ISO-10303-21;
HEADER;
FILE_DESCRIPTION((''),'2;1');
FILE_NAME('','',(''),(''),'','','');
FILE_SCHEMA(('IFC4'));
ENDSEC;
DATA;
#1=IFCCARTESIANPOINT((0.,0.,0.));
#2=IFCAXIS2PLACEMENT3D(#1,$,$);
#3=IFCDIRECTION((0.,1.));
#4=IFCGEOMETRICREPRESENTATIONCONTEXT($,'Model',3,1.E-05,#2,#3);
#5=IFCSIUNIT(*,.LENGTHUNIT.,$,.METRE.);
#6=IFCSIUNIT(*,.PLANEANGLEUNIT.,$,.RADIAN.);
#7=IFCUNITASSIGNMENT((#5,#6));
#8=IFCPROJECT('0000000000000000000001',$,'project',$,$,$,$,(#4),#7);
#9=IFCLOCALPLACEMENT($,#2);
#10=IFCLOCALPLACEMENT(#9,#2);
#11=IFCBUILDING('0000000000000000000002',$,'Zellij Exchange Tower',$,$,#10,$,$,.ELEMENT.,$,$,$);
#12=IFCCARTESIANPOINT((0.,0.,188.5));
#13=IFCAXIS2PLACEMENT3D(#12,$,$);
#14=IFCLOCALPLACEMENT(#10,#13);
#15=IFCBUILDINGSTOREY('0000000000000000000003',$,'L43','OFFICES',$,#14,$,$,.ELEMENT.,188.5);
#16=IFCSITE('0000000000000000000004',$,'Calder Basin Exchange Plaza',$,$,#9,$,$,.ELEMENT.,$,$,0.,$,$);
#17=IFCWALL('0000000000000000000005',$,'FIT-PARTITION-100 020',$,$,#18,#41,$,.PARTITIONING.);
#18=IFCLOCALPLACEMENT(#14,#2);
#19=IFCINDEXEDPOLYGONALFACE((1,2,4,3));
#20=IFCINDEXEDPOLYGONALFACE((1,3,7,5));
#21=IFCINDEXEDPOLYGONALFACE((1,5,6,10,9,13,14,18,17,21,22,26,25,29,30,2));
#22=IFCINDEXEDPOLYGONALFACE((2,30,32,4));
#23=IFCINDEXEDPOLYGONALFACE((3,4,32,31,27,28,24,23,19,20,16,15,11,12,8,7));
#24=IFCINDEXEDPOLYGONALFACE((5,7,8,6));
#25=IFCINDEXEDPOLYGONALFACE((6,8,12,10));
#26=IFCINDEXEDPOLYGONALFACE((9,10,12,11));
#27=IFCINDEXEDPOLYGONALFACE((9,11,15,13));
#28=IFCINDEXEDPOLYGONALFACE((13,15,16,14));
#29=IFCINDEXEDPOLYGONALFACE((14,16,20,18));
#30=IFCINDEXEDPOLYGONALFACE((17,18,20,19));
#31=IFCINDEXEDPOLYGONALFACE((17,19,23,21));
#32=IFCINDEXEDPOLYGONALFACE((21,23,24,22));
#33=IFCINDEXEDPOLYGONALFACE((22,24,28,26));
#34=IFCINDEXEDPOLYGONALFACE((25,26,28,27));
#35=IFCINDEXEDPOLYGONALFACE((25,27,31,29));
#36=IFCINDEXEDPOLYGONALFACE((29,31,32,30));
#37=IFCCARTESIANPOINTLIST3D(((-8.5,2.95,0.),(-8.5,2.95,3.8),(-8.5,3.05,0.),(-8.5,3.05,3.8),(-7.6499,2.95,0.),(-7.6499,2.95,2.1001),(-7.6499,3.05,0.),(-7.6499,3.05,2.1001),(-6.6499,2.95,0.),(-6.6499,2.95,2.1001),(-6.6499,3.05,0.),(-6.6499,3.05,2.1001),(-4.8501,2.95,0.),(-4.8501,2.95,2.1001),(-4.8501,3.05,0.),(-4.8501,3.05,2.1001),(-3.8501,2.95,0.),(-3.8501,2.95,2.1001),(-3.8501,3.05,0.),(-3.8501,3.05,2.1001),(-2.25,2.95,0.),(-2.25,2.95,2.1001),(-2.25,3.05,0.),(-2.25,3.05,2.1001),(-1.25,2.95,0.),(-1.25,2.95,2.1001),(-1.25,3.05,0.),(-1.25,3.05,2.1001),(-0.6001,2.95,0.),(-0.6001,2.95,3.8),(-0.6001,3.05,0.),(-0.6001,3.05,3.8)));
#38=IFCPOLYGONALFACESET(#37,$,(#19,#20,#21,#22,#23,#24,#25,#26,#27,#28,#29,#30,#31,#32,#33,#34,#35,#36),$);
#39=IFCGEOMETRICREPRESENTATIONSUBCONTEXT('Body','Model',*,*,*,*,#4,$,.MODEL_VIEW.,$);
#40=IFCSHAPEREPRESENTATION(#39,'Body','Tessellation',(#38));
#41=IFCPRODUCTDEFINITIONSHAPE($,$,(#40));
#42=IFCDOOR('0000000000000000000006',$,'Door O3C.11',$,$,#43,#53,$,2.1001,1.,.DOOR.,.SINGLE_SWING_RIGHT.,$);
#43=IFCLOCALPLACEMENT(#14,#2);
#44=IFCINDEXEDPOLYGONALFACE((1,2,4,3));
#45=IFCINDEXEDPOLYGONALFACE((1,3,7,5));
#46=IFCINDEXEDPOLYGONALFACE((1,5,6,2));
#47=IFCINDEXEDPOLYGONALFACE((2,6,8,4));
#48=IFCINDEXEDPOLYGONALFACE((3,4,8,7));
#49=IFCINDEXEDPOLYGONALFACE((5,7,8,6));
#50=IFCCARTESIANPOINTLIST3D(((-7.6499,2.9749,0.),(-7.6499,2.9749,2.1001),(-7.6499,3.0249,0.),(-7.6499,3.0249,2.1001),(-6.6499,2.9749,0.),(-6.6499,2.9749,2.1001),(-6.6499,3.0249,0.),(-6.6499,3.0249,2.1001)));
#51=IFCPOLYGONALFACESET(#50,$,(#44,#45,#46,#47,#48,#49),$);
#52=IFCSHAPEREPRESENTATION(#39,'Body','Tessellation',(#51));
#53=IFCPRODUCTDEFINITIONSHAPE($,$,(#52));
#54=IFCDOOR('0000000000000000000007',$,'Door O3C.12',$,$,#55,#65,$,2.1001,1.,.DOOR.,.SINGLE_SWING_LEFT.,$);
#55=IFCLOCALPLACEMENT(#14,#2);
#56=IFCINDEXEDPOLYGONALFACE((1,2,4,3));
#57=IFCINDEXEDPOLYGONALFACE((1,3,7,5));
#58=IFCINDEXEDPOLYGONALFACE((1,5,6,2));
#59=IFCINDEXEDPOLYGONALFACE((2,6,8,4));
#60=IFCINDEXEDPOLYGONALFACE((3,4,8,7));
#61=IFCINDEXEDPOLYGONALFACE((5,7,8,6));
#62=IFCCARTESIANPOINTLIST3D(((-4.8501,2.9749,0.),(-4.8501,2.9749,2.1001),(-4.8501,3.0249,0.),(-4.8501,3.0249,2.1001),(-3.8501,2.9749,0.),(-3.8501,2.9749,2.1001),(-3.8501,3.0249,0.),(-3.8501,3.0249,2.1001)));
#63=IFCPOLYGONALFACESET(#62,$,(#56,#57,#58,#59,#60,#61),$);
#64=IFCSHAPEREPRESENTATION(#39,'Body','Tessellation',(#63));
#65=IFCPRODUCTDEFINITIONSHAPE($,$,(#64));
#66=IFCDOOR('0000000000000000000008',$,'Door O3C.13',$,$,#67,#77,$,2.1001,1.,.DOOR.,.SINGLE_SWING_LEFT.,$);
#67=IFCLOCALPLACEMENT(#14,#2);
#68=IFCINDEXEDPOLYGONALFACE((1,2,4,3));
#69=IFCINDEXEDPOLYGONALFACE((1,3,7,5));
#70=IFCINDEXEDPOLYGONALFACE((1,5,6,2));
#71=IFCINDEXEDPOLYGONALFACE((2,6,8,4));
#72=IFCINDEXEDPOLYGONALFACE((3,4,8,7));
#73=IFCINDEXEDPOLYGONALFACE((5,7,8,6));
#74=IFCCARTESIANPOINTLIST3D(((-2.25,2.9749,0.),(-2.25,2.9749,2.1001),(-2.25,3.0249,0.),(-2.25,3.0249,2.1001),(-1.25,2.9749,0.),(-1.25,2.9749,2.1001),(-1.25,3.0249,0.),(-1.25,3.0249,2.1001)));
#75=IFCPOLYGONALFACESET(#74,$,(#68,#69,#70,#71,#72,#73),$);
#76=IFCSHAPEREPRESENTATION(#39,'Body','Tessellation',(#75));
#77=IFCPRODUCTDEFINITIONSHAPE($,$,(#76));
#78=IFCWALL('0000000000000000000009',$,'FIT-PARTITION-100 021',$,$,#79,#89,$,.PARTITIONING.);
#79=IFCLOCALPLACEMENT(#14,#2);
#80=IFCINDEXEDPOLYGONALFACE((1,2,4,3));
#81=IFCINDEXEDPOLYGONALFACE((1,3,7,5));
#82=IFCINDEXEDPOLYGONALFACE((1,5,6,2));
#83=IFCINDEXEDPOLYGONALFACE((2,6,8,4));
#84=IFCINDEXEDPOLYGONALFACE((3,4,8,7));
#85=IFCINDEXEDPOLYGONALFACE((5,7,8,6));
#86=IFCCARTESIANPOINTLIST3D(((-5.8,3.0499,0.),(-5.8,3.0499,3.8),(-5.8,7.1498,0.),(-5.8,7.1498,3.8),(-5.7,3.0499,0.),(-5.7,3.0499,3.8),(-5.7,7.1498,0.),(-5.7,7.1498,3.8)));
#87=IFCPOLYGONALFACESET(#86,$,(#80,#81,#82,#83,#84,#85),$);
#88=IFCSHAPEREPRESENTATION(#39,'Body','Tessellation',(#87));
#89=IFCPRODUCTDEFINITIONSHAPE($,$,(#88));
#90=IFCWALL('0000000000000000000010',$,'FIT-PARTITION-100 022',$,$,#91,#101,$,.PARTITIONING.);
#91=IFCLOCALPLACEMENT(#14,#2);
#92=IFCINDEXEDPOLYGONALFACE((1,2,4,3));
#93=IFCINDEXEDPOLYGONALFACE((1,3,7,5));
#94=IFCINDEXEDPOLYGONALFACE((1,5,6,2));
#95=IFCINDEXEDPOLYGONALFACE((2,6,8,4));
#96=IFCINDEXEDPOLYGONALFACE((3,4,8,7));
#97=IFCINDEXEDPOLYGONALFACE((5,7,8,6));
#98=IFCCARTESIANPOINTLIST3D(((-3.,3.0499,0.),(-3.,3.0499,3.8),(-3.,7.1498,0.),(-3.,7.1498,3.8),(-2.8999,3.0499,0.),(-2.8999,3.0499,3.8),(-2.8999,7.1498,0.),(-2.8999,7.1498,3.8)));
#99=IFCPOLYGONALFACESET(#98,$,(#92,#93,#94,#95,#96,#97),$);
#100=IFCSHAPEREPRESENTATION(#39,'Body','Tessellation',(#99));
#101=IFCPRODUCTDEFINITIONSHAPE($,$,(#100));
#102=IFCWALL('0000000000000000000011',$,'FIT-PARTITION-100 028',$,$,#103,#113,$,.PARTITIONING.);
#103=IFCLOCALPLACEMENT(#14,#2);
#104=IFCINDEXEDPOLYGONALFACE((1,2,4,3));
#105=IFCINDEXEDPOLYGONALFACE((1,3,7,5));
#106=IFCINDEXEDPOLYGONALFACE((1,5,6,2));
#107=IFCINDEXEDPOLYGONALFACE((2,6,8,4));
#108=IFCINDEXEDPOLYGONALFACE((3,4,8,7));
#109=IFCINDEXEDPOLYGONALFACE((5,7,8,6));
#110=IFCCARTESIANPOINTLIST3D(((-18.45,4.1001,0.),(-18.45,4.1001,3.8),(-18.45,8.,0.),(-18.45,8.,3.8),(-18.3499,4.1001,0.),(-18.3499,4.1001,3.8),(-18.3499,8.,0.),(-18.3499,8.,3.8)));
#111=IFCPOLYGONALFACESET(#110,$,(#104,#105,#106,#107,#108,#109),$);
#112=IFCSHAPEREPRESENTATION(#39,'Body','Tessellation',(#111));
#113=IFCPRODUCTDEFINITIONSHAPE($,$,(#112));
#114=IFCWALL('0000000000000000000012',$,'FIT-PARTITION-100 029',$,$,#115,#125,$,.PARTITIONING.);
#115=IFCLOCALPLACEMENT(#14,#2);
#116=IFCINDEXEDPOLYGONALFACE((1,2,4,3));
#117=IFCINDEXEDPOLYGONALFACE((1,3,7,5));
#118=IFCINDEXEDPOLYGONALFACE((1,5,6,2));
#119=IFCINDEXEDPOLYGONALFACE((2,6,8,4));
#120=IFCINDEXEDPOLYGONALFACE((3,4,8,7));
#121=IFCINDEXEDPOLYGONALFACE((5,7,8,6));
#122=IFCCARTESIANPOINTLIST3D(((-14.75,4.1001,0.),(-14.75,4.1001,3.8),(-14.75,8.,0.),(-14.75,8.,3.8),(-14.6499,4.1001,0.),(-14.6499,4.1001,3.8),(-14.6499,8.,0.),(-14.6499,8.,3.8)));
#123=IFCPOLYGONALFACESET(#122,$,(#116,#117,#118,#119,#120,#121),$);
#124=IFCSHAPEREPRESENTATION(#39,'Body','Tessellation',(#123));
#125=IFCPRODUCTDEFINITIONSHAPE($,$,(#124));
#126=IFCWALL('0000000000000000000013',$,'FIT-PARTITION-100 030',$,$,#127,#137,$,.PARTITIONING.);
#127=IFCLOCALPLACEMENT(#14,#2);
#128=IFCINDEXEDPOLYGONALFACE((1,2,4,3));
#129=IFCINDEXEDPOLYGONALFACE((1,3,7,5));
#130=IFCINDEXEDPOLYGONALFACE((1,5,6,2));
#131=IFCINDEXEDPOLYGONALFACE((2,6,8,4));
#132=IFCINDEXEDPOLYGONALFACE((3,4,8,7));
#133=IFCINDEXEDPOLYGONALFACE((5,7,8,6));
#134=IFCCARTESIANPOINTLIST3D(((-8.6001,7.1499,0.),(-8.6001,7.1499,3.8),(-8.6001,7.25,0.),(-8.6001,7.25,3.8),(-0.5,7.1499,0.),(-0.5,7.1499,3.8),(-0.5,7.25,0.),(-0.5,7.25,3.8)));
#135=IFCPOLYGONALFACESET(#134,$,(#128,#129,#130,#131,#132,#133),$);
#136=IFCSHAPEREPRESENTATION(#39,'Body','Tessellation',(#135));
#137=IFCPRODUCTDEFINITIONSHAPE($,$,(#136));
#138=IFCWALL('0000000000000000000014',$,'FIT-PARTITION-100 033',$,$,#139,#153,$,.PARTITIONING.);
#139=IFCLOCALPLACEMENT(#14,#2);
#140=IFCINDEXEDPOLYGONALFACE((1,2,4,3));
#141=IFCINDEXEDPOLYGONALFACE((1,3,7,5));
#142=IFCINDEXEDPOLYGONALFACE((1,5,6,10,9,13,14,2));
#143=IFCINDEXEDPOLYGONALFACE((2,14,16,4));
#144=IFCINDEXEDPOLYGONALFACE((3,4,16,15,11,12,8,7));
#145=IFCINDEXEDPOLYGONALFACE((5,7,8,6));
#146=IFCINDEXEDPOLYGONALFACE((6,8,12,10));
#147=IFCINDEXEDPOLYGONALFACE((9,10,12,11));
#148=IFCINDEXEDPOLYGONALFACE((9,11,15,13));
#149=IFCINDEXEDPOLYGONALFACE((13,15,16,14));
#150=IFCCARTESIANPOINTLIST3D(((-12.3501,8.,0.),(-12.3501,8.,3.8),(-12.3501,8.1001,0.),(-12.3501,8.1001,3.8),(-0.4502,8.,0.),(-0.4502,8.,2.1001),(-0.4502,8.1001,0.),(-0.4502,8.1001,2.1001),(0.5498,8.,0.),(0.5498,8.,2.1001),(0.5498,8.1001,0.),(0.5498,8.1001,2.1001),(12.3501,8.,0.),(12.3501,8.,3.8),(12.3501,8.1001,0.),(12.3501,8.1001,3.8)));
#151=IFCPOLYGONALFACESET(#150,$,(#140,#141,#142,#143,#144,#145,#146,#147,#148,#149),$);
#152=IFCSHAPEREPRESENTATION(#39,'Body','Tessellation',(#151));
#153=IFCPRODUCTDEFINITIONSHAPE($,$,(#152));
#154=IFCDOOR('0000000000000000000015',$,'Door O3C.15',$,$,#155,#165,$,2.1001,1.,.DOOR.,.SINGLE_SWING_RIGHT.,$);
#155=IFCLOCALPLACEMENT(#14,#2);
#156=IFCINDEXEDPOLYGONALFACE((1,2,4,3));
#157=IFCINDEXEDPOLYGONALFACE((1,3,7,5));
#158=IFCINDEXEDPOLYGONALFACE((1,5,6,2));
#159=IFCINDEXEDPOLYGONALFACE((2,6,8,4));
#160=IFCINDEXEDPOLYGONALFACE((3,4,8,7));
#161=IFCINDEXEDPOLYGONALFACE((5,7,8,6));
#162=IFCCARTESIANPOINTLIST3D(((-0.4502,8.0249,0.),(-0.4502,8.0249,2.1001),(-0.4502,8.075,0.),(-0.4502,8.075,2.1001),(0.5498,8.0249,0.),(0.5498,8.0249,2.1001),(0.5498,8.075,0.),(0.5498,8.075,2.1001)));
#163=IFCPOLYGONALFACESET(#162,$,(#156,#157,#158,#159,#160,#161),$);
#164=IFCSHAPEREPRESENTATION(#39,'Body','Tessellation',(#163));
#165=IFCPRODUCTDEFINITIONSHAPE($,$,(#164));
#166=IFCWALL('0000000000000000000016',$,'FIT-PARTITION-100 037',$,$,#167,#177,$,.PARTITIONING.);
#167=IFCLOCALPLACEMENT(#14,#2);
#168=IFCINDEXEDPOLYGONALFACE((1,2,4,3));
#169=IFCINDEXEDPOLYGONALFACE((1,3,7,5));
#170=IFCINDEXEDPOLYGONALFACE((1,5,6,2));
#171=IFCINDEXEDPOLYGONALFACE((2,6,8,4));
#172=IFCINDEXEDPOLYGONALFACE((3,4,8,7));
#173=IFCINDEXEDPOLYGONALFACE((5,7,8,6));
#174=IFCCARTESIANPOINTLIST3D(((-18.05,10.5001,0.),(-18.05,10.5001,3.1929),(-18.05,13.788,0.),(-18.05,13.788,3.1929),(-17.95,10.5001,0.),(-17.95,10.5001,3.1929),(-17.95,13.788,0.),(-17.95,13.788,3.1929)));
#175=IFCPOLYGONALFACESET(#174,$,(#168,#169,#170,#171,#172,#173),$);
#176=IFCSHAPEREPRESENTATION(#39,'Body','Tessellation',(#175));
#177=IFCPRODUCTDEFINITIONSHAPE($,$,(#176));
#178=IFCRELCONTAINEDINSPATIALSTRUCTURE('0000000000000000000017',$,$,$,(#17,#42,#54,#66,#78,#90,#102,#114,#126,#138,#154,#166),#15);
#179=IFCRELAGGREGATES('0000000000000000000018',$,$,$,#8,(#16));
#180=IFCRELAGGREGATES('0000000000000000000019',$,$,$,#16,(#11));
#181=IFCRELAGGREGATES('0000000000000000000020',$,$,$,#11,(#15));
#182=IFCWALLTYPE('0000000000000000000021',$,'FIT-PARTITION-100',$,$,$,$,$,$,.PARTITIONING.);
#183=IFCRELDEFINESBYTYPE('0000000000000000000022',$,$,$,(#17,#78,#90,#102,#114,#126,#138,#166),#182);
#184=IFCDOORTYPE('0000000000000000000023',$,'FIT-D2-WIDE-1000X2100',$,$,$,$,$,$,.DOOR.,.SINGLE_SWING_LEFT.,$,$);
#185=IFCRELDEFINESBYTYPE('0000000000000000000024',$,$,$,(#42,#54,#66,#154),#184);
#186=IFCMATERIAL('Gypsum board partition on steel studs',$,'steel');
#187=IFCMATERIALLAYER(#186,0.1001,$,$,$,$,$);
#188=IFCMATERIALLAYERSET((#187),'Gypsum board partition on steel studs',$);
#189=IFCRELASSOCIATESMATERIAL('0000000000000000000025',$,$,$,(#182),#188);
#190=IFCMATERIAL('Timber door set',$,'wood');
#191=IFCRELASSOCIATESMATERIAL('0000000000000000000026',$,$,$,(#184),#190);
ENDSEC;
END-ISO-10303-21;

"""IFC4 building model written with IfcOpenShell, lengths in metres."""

from ifc_helpers import new_model, si_unit, direction, frame, frame_2d, origin, place, context, subcontext, project, spatial, rectangle, extrude, material, layer, layer_set, type_object, element, fill, save


model = new_model("IFC4")

# Units and contexts
model_context = context("Model", 3, precision=1e-05, world=origin(), true_north=direction((0.0, 1.0)))
body_context = subcontext(model_context, "Body", "Model", "MODEL_VIEW")
ifc_project = project(units=[si_unit("LENGTHUNIT", "METRE"), si_unit("PLANEANGLEUNIT", "RADIAN")], contexts=[model_context])

# Site, building, storey
site_placement = place(None, origin())
site = spatial("IfcSite", under=ifc_project, at=site_placement, Name="Calder Basin Exchange Plaza", CompositionType="ELEMENT", RefElevation=0.0)
building_placement = place(site_placement, origin())
building = spatial("IfcBuilding", under=site, at=building_placement, Name="Zellij Exchange Tower", CompositionType="ELEMENT")
storey_placement = place(building_placement, frame((0.0, 0.0, 188.5)))
storey = spatial("IfcBuildingStorey", under=building, at=storey_placement, Name="L43", Description="OFFICES", CompositionType="ELEMENT", Elevation=188.5)

# Wall, openings, doors
ifc_material_1 = material(Name="Gypsum board partition on steel studs", Category="steel")
ifc_layer_1 = layer(ifc_material_1, 0.1001)
ifc_layer_set_1 = layer_set([ifc_layer_1], Name="Gypsum board partition on steel studs")
wall_type_1 = type_object("IfcWallType", Name="FIT-PARTITION-100", PredefinedType="PARTITIONING", material=ifc_layer_set_1)
wall_1_placement = place(storey_placement, frame((-8.5, 3.0, 0.0), z_axis=(0.0, 0.0, 1.0), x_axis=(1.0, 0.0, 0.0)))
wall_1 = element("IfcWall", 1, at=wall_1_placement, inside=storey, type_object=wall_type_1, Name="FIT-PARTITION-100 020", PredefinedType="PARTITIONING", context=body_context, shape_type="SweptSolid", body=[
    extrude(rectangle(XDim=7.8999, YDim=0.1001, at=frame_2d((3.95, 0.0))), origin(), (0.0, 0.0, 1.0), 3.8),
])
opening_1_placement = place(wall_1_placement, frame((0.8501, 0.0, 0.0)))
opening_1 = element("IfcOpeningElement", 2, at=opening_1_placement, cuts=wall_1, PredefinedType="OPENING", context=body_context, shape_type="SweptSolid", body=[
    extrude(rectangle(XDim=1.0, YDim=2.1001, at=frame_2d((0.5, 1.05))), frame((0.0, 0.062, 0.0), z_axis=(0.0, -1.0, 0.0), x_axis=(1.0, 0.0, 0.0)), (0.0, 0.0, 1.0), 0.124),
])
opening_2_placement = place(wall_1_placement, frame((3.6499, 0.0, 0.0)))
opening_2 = element("IfcOpeningElement", 3, at=opening_2_placement, cuts=wall_1, PredefinedType="OPENING", context=body_context, shape_type="SweptSolid", body=[
    extrude(rectangle(XDim=1.0, YDim=2.1001, at=frame_2d((0.5, 1.05))), frame((0.0, 0.062, 0.0), z_axis=(0.0, -1.0, 0.0), x_axis=(1.0, 0.0, 0.0)), (0.0, 0.0, 1.0), 0.124),
])
opening_3_placement = place(wall_1_placement, frame((6.25, 0.0, 0.0)))
opening_3 = element("IfcOpeningElement", 4, at=opening_3_placement, cuts=wall_1, PredefinedType="OPENING", context=body_context, shape_type="SweptSolid", body=[
    extrude(rectangle(XDim=1.0, YDim=2.1001, at=frame_2d((0.5, 1.05))), frame((0.0, 0.062, 0.0), z_axis=(0.0, -1.0, 0.0), x_axis=(1.0, 0.0, 0.0)), (0.0, 0.0, 1.0), 0.124),
])
ifc_material_2 = material(Name="Timber door set", Category="wood")
door_type = type_object("IfcDoorType", Name="FIT-D2-WIDE-1000X2100", OperationType="SINGLE_SWING_LEFT", PredefinedType="DOOR", material=ifc_material_2)
door_1_placement = place(opening_1_placement, origin())
door_1 = element("IfcDoor", 5, at=door_1_placement, inside=storey, type_object=door_type, Name="Door O3C.11", OperationType="SINGLE_SWING_RIGHT", OverallHeight=2.1001, OverallWidth=1.0, PredefinedType="DOOR", context=body_context, shape_type="SweptSolid", body=[
    extrude(rectangle(XDim=1.0, YDim=2.1001, at=frame_2d((0.5, 1.05))), frame((0.0, 0.0249, 0.0), z_axis=(0.0, -1.0, 0.0), x_axis=(1.0, 0.0, 0.0)), (0.0, 0.0, 1.0), 0.05),
])
fill(opening_1, door_1)
door_2_placement = place(opening_2_placement, origin())
door_2 = element("IfcDoor", 6, at=door_2_placement, inside=storey, type_object=door_type, Name="Door O3C.12", OperationType="SINGLE_SWING_LEFT", OverallHeight=2.1001, OverallWidth=1.0, PredefinedType="DOOR", context=body_context, shape_type="SweptSolid", body=[
    extrude(rectangle(XDim=1.0, YDim=2.1001, at=frame_2d((0.5, 1.05))), frame((0.0, 0.0249, 0.0), z_axis=(0.0, -1.0, 0.0), x_axis=(1.0, 0.0, 0.0)), (0.0, 0.0, 1.0), 0.05),
])
fill(opening_2, door_2)
door_3_placement = place(opening_3_placement, origin())
door_3 = element("IfcDoor", 7, at=door_3_placement, inside=storey, type_object=door_type, Name="Door O3C.13", OperationType="SINGLE_SWING_LEFT", OverallHeight=2.1001, OverallWidth=1.0, PredefinedType="DOOR", context=body_context, shape_type="SweptSolid", body=[
    extrude(rectangle(XDim=1.0, YDim=2.1001, at=frame_2d((0.5, 1.05))), frame((0.0, 0.0249, 0.0), z_axis=(0.0, -1.0, 0.0), x_axis=(1.0, 0.0, 0.0)), (0.0, 0.0, 1.0), 0.05),
])
fill(opening_3, door_3)

# Walls
for number, where, z_axis, x_axis, name in (
    (8, (-5.75, 3.05, 0.0), (0.0, 0.0, 1.0), (0.0, 1.0, 0.0), "FIT-PARTITION-100 021"),
    (9, (-2.95, 3.05, 0.0), (0.0, 0.0, 1.0), (0.0, 1.0, 0.0), "FIT-PARTITION-100 022"),
):
    element("IfcWall", number, at=place(storey_placement, frame(where, z_axis=z_axis, x_axis=x_axis)), inside=storey, type_object=wall_type_1, Name=name, PredefinedType="PARTITIONING", context=body_context, shape_type="SweptSolid", body=[
        extrude(rectangle(XDim=4.0999, YDim=0.1001, at=frame_2d((2.0498, 0.0))), origin(), (0.0, 0.0, 1.0), 3.8),
    ])
for number, where, z_axis, x_axis, name in (
    (10, (-18.3999, 4.1001, 0.0), (0.0, 0.0, 1.0), (0.0, 1.0, 0.0), "FIT-PARTITION-100 028"),
    (11, (-14.7, 4.1001, 0.0), (0.0, 0.0, 1.0), (0.0, 1.0, 0.0), "FIT-PARTITION-100 029"),
):
    element("IfcWall", number, at=place(storey_placement, frame(where, z_axis=z_axis, x_axis=x_axis)), inside=storey, type_object=wall_type_1, Name=name, PredefinedType="PARTITIONING", context=body_context, shape_type="SweptSolid", body=[
        extrude(rectangle(XDim=3.8999, YDim=0.1001, at=frame_2d((1.95, 0.0))), origin(), (0.0, 0.0, 1.0), 3.8),
    ])
wall_2_placement = place(storey_placement, frame((-8.6001, 7.2, 0.0), z_axis=(0.0, 0.0, 1.0), x_axis=(1.0, 0.0, 0.0)))
element("IfcWall", 12, at=wall_2_placement, inside=storey, type_object=wall_type_1, Name="FIT-PARTITION-100 030", PredefinedType="PARTITIONING", context=body_context, shape_type="SweptSolid", body=[
    extrude(rectangle(XDim=8.1001, YDim=0.1001, at=frame_2d((4.05, 0.0))), origin(), (0.0, 0.0, 1.0), 3.8),
])

# Wall, opening, door
wall_3_placement = place(storey_placement, frame((-12.3501, 8.05, 0.0), z_axis=(0.0, 0.0, 1.0), x_axis=(1.0, 0.0, 0.0)))
wall_3 = element("IfcWall", 13, at=wall_3_placement, inside=storey, type_object=wall_type_1, Name="FIT-PARTITION-100 033", PredefinedType="PARTITIONING", context=body_context, shape_type="SweptSolid", body=[
    extrude(rectangle(XDim=24.7002, YDim=0.1001, at=frame_2d((12.3501, 0.0))), origin(), (0.0, 0.0, 1.0), 3.8),
])
opening_4_placement = place(wall_3_placement, frame((11.8999, 0.0, 0.0)))
opening_4 = element("IfcOpeningElement", 14, at=opening_4_placement, cuts=wall_3, PredefinedType="OPENING", context=body_context, shape_type="SweptSolid", body=[
    extrude(rectangle(XDim=1.0, YDim=2.1001, at=frame_2d((0.5, 1.05))), frame((0.0, 0.062, 0.0), z_axis=(0.0, -1.0, 0.0), x_axis=(1.0, 0.0, 0.0)), (0.0, 0.0, 1.0), 0.124),
])
door_4_placement = place(opening_4_placement, origin())
door_4 = element("IfcDoor", 15, at=door_4_placement, inside=storey, type_object=door_type, Name="Door O3C.15", OperationType="SINGLE_SWING_RIGHT", OverallHeight=2.1001, OverallWidth=1.0, PredefinedType="DOOR", context=body_context, shape_type="SweptSolid", body=[
    extrude(rectangle(XDim=1.0, YDim=2.1001, at=frame_2d((0.5, 1.05))), frame((0.0, 0.0249, 0.0), z_axis=(0.0, -1.0, 0.0), x_axis=(1.0, 0.0, 0.0)), (0.0, 0.0, 1.0), 0.05),
])
fill(opening_4, door_4)

# Wall
wall_4_placement = place(storey_placement, frame((-18.0, 10.5, 0.0), z_axis=(0.0, 0.0, 1.0), x_axis=(0.0, 1.0, 0.0)))
element("IfcWall", 16, at=wall_4_placement, inside=storey, type_object=wall_type_1, Name="FIT-PARTITION-100 037", PredefinedType="PARTITIONING", context=body_context, shape_type="SweptSolid", body=[
    extrude(rectangle(XDim=3.2878, YDim=0.1001, at=frame_2d((1.644, 0.0))), origin(), (0.0, 0.0, 1.0), 3.1929),
])

save(model, "model.ifc")
